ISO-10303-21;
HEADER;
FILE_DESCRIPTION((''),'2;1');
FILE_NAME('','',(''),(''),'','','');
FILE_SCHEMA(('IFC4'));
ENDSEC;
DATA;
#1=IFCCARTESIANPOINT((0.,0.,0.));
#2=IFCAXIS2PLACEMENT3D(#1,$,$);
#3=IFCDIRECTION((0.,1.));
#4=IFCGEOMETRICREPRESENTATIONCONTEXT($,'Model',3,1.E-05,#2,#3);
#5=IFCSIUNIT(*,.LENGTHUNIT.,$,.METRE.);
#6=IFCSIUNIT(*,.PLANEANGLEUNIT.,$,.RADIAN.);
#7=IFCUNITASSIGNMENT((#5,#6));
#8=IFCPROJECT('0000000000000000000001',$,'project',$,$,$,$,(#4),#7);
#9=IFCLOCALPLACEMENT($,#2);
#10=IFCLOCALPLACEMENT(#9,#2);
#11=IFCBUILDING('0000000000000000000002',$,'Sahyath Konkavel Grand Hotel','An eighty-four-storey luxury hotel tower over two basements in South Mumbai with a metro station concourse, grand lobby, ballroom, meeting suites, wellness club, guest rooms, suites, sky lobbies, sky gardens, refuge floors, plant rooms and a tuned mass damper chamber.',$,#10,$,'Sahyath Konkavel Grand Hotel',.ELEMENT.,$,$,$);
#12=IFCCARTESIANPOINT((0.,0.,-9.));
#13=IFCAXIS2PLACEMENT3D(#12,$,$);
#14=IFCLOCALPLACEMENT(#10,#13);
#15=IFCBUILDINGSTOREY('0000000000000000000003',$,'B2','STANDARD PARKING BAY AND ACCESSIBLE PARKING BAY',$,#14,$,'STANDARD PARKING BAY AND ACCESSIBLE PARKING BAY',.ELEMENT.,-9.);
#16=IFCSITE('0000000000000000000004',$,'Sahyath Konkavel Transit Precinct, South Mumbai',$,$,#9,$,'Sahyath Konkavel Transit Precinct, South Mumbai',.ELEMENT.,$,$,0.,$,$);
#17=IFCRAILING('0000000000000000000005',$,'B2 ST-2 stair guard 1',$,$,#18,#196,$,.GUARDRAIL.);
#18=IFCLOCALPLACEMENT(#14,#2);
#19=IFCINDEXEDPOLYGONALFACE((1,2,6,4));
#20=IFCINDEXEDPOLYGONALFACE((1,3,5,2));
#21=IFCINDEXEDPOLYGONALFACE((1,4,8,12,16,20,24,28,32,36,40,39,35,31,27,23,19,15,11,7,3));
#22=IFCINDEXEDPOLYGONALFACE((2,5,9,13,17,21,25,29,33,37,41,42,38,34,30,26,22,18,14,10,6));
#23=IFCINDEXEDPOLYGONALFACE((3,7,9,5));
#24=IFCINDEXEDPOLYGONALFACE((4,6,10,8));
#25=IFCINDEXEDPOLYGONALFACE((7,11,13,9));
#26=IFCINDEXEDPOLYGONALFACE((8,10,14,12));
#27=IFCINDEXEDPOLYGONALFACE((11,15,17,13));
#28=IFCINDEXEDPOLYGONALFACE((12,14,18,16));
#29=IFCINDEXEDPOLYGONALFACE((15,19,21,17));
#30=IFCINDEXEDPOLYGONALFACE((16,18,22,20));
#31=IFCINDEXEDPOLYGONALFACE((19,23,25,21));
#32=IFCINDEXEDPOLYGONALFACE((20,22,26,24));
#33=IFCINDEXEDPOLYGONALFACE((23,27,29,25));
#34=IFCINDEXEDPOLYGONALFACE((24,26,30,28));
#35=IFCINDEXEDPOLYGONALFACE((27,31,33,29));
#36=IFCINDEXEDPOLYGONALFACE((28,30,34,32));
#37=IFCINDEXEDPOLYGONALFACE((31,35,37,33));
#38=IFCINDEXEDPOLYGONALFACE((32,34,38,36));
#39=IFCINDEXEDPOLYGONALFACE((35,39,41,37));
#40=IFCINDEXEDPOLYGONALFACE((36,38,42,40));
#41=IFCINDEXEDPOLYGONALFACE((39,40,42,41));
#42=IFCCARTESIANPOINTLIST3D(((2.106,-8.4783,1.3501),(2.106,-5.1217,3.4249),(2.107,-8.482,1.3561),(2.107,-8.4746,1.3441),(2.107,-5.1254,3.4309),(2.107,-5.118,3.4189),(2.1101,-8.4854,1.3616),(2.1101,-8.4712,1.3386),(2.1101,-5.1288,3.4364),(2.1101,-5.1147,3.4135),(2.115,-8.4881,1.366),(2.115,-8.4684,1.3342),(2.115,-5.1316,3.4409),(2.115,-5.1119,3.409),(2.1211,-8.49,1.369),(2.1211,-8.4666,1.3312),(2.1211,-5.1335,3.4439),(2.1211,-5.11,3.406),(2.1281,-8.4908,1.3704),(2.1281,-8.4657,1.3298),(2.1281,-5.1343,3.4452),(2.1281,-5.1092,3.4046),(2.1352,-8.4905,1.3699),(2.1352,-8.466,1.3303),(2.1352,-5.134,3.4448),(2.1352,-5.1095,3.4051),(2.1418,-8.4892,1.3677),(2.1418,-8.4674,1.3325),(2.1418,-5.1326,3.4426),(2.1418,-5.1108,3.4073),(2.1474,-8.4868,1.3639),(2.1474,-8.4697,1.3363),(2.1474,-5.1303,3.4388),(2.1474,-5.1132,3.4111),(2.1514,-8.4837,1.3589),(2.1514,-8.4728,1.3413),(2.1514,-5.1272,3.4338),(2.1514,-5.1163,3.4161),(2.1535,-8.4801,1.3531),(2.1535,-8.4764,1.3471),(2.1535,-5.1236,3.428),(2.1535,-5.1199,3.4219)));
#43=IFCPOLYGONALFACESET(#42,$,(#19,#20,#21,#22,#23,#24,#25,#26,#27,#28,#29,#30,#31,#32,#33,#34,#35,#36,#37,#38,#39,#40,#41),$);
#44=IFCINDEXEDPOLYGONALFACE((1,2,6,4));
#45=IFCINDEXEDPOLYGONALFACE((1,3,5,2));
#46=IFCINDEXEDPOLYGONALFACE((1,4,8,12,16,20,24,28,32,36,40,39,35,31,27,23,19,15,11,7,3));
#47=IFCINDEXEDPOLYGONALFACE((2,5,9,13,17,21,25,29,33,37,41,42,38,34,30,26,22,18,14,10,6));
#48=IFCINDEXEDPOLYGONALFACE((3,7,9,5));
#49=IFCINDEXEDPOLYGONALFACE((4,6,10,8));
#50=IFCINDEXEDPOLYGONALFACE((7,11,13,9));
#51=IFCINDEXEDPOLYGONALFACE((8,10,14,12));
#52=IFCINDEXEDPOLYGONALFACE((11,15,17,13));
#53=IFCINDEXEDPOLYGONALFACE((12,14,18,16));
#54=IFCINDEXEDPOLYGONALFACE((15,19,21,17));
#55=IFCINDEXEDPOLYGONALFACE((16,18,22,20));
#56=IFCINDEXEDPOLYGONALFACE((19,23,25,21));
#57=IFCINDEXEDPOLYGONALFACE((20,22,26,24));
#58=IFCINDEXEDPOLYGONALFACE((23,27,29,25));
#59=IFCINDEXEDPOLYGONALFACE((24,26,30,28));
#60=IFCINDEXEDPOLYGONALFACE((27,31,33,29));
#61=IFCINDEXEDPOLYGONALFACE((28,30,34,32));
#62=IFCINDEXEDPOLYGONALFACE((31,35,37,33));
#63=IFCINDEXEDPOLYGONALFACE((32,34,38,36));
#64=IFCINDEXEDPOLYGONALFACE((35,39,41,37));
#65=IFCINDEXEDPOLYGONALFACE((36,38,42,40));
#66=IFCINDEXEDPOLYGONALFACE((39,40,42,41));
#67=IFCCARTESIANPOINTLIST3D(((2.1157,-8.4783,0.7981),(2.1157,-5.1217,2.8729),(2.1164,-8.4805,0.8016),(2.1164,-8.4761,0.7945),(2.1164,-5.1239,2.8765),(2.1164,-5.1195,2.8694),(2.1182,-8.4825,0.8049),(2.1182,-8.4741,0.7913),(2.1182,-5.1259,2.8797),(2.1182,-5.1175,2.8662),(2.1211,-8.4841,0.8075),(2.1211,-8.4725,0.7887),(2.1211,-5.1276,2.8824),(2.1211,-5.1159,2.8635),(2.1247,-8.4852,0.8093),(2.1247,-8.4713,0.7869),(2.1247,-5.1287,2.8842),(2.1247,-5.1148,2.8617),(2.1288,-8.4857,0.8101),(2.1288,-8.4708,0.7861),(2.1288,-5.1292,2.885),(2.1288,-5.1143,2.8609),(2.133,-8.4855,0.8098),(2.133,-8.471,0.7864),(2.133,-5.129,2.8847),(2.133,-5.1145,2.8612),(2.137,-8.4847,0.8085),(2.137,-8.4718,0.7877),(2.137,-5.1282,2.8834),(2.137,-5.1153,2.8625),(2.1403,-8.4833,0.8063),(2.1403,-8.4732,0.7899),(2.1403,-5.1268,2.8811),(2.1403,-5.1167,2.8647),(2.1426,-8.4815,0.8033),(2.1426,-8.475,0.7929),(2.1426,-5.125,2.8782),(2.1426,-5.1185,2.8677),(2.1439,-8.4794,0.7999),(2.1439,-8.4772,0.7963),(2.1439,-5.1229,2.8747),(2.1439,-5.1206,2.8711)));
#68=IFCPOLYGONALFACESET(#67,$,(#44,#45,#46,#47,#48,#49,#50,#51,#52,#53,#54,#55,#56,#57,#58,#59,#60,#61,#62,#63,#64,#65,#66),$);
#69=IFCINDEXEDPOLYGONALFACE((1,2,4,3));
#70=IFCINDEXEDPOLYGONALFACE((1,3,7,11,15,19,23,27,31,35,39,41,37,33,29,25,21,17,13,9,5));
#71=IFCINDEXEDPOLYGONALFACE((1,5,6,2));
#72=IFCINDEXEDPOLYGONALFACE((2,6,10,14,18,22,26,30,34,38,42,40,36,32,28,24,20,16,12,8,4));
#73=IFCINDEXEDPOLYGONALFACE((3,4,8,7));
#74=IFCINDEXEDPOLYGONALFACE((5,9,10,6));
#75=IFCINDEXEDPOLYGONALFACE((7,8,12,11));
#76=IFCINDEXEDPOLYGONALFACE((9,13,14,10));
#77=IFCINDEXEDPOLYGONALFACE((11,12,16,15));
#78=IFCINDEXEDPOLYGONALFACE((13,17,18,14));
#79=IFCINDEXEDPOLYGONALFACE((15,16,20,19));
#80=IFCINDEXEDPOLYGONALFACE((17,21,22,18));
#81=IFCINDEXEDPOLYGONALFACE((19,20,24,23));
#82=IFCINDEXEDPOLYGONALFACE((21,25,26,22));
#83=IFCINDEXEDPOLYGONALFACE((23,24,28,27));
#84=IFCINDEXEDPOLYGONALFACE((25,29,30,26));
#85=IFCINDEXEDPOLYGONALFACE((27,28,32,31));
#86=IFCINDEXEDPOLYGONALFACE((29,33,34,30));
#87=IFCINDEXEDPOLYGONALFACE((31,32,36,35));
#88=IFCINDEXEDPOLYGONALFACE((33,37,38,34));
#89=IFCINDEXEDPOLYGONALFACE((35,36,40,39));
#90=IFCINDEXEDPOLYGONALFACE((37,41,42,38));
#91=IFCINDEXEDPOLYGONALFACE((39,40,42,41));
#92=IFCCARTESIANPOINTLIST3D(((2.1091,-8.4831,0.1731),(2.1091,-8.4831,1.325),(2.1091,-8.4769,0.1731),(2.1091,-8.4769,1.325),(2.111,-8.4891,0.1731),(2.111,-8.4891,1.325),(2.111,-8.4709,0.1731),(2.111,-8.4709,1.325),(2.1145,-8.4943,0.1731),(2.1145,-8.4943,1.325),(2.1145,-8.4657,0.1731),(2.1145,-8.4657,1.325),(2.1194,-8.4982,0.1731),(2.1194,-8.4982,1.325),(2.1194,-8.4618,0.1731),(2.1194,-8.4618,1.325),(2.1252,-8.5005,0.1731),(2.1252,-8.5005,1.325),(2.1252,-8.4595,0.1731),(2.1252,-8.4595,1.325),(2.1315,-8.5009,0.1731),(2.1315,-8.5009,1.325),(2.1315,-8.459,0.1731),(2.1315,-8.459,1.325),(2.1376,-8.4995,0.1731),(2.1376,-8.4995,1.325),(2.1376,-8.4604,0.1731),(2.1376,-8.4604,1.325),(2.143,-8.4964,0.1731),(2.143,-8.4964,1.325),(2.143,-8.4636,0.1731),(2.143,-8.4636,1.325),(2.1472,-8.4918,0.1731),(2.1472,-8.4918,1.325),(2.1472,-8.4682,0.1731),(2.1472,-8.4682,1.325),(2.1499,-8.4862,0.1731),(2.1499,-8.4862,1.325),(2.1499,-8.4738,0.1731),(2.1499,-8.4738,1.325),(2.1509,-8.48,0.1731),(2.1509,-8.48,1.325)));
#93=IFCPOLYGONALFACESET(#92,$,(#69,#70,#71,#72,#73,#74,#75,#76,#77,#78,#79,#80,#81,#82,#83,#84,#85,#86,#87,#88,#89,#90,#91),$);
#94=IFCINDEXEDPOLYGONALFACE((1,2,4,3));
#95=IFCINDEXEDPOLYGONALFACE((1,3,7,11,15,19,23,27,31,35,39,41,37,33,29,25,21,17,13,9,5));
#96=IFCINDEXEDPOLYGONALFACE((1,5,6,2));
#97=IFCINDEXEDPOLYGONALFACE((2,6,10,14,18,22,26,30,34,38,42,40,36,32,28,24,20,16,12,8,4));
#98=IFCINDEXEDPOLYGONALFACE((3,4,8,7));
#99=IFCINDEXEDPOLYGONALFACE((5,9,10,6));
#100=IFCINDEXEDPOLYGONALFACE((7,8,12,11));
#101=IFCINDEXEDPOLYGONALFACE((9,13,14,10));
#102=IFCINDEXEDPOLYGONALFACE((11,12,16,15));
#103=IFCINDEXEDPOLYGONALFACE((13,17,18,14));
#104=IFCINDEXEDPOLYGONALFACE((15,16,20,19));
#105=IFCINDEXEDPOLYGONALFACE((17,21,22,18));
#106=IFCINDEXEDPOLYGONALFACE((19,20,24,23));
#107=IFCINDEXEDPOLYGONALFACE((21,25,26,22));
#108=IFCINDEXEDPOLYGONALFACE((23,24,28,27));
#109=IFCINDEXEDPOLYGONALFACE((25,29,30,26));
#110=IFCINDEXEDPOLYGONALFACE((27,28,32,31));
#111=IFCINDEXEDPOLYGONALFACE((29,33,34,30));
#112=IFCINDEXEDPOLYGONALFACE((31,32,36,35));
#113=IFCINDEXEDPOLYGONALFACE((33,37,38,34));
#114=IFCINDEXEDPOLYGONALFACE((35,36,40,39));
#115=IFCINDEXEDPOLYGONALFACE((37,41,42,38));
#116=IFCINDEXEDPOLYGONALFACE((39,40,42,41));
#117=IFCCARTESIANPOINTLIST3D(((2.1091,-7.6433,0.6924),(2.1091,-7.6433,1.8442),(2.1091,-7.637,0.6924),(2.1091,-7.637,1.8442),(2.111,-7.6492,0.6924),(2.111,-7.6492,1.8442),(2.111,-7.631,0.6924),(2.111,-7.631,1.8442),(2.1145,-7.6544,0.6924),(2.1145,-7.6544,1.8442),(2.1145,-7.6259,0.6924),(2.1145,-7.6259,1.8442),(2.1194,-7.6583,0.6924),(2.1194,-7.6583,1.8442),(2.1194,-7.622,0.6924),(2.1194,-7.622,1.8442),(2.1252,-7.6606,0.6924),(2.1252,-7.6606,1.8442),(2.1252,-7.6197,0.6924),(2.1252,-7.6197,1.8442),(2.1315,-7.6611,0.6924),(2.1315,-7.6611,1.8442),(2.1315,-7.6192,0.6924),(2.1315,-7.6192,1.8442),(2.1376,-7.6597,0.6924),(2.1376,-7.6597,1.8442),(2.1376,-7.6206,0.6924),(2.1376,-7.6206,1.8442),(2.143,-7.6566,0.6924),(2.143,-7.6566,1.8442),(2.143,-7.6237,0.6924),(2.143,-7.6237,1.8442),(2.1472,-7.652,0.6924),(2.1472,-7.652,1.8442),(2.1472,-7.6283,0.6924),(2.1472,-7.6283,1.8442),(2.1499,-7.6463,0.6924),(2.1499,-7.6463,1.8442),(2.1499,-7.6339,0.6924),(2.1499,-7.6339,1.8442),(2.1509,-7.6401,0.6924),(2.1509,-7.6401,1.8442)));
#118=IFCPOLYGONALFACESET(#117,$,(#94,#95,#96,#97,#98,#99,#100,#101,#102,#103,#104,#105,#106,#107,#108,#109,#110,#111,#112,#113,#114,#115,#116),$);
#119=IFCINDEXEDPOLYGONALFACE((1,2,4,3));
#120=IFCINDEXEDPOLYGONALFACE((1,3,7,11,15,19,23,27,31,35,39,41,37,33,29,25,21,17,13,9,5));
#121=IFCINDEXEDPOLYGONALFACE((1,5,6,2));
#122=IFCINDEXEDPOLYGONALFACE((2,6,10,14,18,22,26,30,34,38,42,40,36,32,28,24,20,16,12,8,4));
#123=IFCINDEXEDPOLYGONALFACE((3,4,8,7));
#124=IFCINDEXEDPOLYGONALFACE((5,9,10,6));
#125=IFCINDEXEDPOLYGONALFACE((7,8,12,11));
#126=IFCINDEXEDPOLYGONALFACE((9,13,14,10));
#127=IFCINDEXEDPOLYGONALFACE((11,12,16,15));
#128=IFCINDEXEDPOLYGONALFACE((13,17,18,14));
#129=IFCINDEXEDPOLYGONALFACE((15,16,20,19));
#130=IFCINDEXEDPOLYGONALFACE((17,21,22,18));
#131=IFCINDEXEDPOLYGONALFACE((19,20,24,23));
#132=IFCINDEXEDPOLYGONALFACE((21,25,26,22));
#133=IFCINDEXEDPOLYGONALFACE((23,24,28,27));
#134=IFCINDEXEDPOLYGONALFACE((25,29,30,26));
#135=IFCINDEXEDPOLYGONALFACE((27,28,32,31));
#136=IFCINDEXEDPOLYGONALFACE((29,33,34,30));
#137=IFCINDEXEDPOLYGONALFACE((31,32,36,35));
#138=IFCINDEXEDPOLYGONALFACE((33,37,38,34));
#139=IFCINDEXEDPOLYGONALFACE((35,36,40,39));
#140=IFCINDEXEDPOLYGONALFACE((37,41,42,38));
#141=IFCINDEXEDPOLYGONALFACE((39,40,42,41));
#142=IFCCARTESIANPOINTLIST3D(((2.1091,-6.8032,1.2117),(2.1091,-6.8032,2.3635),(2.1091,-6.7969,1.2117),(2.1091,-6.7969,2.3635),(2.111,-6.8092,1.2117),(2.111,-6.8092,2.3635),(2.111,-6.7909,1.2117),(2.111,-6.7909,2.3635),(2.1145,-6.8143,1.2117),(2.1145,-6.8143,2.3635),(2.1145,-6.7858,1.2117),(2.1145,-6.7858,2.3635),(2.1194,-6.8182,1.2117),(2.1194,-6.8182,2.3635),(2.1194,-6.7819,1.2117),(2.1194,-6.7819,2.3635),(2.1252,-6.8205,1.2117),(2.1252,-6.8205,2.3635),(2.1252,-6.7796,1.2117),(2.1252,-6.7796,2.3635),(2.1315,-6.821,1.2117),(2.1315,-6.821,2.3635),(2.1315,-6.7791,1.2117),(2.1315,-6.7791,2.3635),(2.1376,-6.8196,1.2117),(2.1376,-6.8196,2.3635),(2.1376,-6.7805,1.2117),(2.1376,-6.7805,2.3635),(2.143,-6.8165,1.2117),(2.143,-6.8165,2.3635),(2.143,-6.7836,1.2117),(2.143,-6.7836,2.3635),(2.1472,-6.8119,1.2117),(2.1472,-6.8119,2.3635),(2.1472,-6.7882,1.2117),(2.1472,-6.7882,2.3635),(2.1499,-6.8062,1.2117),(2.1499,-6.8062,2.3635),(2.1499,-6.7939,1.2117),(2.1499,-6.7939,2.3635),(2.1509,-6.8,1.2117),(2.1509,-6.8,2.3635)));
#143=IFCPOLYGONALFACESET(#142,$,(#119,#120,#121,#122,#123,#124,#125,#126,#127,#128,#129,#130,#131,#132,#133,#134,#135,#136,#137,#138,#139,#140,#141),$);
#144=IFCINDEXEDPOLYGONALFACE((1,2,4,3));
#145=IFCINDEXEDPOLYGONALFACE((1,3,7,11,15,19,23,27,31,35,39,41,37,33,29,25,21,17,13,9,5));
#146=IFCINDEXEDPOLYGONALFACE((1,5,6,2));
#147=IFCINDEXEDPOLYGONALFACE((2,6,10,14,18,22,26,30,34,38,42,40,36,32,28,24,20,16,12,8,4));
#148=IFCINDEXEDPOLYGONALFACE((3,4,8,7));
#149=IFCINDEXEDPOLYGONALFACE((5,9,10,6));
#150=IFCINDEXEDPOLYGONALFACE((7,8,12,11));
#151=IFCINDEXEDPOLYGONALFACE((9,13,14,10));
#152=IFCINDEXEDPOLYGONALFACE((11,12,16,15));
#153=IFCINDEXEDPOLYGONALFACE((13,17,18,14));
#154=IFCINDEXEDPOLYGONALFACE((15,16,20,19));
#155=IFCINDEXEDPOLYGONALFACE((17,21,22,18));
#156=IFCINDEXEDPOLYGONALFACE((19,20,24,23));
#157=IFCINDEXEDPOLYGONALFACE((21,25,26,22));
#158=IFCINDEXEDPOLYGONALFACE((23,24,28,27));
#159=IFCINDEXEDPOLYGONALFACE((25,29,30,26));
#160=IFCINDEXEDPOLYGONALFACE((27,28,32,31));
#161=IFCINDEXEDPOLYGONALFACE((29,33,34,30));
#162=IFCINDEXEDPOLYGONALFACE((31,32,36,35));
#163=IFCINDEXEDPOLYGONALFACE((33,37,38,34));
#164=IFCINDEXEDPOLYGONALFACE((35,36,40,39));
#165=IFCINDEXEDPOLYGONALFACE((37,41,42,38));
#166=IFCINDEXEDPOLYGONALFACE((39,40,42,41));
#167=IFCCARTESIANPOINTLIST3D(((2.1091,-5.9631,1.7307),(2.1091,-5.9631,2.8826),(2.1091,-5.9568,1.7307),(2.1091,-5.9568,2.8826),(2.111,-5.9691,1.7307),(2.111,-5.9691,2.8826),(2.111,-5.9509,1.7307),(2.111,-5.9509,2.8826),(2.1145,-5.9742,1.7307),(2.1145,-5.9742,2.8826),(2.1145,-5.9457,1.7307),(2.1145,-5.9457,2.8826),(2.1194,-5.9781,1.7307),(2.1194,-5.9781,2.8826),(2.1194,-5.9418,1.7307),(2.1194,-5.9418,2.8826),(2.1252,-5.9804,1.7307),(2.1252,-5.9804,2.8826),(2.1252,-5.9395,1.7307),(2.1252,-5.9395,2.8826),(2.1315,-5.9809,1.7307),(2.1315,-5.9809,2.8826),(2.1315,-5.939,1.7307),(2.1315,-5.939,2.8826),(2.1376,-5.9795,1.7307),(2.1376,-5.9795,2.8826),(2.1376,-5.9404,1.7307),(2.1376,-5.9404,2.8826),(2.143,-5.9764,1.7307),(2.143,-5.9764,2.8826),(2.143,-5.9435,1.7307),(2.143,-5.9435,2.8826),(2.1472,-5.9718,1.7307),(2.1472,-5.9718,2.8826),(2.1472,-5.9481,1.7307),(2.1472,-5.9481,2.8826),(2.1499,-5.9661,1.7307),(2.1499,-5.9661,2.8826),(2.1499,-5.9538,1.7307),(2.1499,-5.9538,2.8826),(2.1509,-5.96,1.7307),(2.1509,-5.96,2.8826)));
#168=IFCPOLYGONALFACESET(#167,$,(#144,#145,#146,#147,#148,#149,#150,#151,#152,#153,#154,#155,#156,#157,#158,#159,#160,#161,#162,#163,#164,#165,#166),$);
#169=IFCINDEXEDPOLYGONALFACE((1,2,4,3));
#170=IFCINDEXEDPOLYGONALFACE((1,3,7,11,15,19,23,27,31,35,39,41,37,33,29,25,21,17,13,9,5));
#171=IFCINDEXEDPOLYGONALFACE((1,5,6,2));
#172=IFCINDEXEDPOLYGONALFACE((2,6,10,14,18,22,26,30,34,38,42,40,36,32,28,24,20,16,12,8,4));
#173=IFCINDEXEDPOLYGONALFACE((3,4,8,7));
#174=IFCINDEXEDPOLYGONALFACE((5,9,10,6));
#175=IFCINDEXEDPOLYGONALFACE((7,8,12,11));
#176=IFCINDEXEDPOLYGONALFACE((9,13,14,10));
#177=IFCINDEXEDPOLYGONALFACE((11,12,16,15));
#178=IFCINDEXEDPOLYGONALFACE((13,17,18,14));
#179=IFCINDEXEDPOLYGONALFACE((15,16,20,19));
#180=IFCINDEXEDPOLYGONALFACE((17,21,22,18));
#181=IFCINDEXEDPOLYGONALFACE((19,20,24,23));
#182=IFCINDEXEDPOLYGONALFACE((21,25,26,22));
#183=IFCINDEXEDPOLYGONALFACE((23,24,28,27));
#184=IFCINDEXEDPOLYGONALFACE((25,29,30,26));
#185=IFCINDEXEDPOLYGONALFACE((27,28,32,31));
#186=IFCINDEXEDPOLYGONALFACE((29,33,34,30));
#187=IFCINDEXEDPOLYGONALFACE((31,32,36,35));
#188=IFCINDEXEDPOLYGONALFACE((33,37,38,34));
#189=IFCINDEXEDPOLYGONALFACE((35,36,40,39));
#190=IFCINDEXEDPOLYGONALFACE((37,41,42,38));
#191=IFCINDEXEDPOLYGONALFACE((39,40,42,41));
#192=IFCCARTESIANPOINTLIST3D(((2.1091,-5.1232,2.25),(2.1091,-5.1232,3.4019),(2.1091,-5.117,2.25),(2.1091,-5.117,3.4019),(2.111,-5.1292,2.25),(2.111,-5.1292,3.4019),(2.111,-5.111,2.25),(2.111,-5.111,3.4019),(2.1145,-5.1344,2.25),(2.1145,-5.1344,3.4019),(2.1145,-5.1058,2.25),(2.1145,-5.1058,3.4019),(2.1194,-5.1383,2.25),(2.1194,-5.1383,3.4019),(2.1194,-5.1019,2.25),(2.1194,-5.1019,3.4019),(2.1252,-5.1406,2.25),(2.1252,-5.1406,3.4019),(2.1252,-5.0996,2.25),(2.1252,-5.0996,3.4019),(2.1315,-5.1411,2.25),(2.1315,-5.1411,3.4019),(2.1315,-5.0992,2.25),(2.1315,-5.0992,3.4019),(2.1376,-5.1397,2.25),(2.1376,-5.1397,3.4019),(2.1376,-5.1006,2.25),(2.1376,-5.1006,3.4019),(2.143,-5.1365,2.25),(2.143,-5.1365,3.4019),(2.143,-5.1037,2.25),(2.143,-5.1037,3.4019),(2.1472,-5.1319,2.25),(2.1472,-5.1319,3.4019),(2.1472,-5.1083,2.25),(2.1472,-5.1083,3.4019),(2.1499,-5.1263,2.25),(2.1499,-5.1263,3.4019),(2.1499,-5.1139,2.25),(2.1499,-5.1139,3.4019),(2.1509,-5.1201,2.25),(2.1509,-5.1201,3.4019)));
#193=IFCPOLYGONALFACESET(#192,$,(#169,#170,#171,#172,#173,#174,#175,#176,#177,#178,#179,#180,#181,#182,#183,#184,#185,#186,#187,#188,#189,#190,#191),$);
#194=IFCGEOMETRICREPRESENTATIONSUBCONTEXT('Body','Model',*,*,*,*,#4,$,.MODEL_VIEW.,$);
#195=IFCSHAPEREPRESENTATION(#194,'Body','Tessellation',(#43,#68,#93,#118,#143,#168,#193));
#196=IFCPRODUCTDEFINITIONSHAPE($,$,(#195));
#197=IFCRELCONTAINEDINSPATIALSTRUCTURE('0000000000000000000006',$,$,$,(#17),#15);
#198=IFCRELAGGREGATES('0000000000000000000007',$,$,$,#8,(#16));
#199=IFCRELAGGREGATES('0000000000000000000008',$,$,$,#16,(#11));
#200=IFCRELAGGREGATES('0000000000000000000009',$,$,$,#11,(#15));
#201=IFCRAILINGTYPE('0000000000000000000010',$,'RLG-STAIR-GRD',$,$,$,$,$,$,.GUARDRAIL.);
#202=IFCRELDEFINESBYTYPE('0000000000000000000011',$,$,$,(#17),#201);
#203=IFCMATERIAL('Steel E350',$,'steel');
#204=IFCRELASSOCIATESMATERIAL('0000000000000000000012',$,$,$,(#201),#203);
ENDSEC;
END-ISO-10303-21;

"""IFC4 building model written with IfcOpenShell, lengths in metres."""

from ifc_helpers import new_model, si_unit, direction, frame, origin, origin_2d, place, context, subcontext, project, spatial, circle, extrude, material, type_object, element, save


model = new_model("IFC4")

# Units and contexts
model_context = context("Model", 3, precision=1e-05, world=origin(), true_north=direction((0.0, 1.0)))
body_context = subcontext(model_context, "Body", "Model", "MODEL_VIEW")
ifc_project = project(units=[si_unit("LENGTHUNIT", "METRE"), si_unit("PLANEANGLEUNIT", "RADIAN")], contexts=[model_context])

# Site, building, storey
site_placement = place(None, origin())
site = spatial("IfcSite", under=ifc_project, at=site_placement, Name="Sahyath Konkavel Transit Precinct, South Mumbai", LongName="Sahyath Konkavel Transit Precinct, South Mumbai", CompositionType="ELEMENT", RefElevation=0.0)
building_placement = place(site_placement, origin())
building = spatial("IfcBuilding", under=site, at=building_placement, Name="Sahyath Konkavel Grand Hotel", Description="An eighty-four-storey luxury hotel tower over two basements in South Mumbai with a metro station concourse, grand lobby, ballroom, meeting suites, wellness club, guest rooms, suites, sky lobbies, sky gardens, refuge floors, plant rooms and a tuned mass damper chamber.", LongName="Sahyath Konkavel Grand Hotel", CompositionType="ELEMENT")
storey_placement = place(building_placement, frame((0.0, 0.0, -9.0)))
storey = spatial("IfcBuildingStorey", under=building, at=storey_placement, Name="B2", Description="STANDARD PARKING BAY AND ACCESSIBLE PARKING BAY", LongName="STANDARD PARKING BAY AND ACCESSIBLE PARKING BAY", CompositionType="ELEMENT", Elevation=-9.0)

# Shared definitions
ifc_material_1 = material(Name="Steel E350", Category="steel")

# Railing
railing_type_1 = type_object("IfcRailingType", Name="RLG-STAIR-GRD", PredefinedType="GUARDRAIL", material=ifc_material_1)
railing_1_placement = place(storey_placement, frame((2.1299, -8.48, 0.1731)))
element("IfcRailing", 1, at=railing_1_placement, inside=storey, type_object=railing_type_1, Name="B2 ST-2 stair guard 1", PredefinedType="GUARDRAIL", context=body_context, shape_type="SweptSolid", body=[
    extrude(circle(Radius=0.0239, at=origin_2d()), frame((0.0, 0.0017, 1.177), z_axis=(0.0, 0.850606, 0.525803), x_axis=(-1.0, 0.0, 0.0)), (0.0, 0.0, 1.0), 3.946),
    extrude(circle(Radius=0.0142, at=origin_2d()), frame((0.0, 0.0017, 0.625), z_axis=(0.0, 0.850606, 0.525803), x_axis=(-1.0, 0.0, 0.0)), (0.0, 0.0, 1.0), 3.946),
    extrude(circle(Radius=0.021, at=origin_2d()), origin(), (0.0, 0.0, 1.0), 1.1519),
    extrude(circle(Radius=0.021, at=origin_2d()), frame((0.0, 0.8398, 0.5193)), (0.0, 0.0, 1.0), 1.1519),
    extrude(circle(Radius=0.021, at=origin_2d()), frame((0.0, 1.6799, 1.0386)), (0.0, 0.0, 1.0), 1.1519),
    extrude(circle(Radius=0.021, at=origin_2d()), frame((0.0, 2.52, 1.5576)), (0.0, 0.0, 1.0), 1.1519),
    extrude(circle(Radius=0.021, at=origin_2d()), frame((0.0, 3.3599, 2.0769)), (0.0, 0.0, 1.0), 1.1519),
])

save(model, "model.ifc")
